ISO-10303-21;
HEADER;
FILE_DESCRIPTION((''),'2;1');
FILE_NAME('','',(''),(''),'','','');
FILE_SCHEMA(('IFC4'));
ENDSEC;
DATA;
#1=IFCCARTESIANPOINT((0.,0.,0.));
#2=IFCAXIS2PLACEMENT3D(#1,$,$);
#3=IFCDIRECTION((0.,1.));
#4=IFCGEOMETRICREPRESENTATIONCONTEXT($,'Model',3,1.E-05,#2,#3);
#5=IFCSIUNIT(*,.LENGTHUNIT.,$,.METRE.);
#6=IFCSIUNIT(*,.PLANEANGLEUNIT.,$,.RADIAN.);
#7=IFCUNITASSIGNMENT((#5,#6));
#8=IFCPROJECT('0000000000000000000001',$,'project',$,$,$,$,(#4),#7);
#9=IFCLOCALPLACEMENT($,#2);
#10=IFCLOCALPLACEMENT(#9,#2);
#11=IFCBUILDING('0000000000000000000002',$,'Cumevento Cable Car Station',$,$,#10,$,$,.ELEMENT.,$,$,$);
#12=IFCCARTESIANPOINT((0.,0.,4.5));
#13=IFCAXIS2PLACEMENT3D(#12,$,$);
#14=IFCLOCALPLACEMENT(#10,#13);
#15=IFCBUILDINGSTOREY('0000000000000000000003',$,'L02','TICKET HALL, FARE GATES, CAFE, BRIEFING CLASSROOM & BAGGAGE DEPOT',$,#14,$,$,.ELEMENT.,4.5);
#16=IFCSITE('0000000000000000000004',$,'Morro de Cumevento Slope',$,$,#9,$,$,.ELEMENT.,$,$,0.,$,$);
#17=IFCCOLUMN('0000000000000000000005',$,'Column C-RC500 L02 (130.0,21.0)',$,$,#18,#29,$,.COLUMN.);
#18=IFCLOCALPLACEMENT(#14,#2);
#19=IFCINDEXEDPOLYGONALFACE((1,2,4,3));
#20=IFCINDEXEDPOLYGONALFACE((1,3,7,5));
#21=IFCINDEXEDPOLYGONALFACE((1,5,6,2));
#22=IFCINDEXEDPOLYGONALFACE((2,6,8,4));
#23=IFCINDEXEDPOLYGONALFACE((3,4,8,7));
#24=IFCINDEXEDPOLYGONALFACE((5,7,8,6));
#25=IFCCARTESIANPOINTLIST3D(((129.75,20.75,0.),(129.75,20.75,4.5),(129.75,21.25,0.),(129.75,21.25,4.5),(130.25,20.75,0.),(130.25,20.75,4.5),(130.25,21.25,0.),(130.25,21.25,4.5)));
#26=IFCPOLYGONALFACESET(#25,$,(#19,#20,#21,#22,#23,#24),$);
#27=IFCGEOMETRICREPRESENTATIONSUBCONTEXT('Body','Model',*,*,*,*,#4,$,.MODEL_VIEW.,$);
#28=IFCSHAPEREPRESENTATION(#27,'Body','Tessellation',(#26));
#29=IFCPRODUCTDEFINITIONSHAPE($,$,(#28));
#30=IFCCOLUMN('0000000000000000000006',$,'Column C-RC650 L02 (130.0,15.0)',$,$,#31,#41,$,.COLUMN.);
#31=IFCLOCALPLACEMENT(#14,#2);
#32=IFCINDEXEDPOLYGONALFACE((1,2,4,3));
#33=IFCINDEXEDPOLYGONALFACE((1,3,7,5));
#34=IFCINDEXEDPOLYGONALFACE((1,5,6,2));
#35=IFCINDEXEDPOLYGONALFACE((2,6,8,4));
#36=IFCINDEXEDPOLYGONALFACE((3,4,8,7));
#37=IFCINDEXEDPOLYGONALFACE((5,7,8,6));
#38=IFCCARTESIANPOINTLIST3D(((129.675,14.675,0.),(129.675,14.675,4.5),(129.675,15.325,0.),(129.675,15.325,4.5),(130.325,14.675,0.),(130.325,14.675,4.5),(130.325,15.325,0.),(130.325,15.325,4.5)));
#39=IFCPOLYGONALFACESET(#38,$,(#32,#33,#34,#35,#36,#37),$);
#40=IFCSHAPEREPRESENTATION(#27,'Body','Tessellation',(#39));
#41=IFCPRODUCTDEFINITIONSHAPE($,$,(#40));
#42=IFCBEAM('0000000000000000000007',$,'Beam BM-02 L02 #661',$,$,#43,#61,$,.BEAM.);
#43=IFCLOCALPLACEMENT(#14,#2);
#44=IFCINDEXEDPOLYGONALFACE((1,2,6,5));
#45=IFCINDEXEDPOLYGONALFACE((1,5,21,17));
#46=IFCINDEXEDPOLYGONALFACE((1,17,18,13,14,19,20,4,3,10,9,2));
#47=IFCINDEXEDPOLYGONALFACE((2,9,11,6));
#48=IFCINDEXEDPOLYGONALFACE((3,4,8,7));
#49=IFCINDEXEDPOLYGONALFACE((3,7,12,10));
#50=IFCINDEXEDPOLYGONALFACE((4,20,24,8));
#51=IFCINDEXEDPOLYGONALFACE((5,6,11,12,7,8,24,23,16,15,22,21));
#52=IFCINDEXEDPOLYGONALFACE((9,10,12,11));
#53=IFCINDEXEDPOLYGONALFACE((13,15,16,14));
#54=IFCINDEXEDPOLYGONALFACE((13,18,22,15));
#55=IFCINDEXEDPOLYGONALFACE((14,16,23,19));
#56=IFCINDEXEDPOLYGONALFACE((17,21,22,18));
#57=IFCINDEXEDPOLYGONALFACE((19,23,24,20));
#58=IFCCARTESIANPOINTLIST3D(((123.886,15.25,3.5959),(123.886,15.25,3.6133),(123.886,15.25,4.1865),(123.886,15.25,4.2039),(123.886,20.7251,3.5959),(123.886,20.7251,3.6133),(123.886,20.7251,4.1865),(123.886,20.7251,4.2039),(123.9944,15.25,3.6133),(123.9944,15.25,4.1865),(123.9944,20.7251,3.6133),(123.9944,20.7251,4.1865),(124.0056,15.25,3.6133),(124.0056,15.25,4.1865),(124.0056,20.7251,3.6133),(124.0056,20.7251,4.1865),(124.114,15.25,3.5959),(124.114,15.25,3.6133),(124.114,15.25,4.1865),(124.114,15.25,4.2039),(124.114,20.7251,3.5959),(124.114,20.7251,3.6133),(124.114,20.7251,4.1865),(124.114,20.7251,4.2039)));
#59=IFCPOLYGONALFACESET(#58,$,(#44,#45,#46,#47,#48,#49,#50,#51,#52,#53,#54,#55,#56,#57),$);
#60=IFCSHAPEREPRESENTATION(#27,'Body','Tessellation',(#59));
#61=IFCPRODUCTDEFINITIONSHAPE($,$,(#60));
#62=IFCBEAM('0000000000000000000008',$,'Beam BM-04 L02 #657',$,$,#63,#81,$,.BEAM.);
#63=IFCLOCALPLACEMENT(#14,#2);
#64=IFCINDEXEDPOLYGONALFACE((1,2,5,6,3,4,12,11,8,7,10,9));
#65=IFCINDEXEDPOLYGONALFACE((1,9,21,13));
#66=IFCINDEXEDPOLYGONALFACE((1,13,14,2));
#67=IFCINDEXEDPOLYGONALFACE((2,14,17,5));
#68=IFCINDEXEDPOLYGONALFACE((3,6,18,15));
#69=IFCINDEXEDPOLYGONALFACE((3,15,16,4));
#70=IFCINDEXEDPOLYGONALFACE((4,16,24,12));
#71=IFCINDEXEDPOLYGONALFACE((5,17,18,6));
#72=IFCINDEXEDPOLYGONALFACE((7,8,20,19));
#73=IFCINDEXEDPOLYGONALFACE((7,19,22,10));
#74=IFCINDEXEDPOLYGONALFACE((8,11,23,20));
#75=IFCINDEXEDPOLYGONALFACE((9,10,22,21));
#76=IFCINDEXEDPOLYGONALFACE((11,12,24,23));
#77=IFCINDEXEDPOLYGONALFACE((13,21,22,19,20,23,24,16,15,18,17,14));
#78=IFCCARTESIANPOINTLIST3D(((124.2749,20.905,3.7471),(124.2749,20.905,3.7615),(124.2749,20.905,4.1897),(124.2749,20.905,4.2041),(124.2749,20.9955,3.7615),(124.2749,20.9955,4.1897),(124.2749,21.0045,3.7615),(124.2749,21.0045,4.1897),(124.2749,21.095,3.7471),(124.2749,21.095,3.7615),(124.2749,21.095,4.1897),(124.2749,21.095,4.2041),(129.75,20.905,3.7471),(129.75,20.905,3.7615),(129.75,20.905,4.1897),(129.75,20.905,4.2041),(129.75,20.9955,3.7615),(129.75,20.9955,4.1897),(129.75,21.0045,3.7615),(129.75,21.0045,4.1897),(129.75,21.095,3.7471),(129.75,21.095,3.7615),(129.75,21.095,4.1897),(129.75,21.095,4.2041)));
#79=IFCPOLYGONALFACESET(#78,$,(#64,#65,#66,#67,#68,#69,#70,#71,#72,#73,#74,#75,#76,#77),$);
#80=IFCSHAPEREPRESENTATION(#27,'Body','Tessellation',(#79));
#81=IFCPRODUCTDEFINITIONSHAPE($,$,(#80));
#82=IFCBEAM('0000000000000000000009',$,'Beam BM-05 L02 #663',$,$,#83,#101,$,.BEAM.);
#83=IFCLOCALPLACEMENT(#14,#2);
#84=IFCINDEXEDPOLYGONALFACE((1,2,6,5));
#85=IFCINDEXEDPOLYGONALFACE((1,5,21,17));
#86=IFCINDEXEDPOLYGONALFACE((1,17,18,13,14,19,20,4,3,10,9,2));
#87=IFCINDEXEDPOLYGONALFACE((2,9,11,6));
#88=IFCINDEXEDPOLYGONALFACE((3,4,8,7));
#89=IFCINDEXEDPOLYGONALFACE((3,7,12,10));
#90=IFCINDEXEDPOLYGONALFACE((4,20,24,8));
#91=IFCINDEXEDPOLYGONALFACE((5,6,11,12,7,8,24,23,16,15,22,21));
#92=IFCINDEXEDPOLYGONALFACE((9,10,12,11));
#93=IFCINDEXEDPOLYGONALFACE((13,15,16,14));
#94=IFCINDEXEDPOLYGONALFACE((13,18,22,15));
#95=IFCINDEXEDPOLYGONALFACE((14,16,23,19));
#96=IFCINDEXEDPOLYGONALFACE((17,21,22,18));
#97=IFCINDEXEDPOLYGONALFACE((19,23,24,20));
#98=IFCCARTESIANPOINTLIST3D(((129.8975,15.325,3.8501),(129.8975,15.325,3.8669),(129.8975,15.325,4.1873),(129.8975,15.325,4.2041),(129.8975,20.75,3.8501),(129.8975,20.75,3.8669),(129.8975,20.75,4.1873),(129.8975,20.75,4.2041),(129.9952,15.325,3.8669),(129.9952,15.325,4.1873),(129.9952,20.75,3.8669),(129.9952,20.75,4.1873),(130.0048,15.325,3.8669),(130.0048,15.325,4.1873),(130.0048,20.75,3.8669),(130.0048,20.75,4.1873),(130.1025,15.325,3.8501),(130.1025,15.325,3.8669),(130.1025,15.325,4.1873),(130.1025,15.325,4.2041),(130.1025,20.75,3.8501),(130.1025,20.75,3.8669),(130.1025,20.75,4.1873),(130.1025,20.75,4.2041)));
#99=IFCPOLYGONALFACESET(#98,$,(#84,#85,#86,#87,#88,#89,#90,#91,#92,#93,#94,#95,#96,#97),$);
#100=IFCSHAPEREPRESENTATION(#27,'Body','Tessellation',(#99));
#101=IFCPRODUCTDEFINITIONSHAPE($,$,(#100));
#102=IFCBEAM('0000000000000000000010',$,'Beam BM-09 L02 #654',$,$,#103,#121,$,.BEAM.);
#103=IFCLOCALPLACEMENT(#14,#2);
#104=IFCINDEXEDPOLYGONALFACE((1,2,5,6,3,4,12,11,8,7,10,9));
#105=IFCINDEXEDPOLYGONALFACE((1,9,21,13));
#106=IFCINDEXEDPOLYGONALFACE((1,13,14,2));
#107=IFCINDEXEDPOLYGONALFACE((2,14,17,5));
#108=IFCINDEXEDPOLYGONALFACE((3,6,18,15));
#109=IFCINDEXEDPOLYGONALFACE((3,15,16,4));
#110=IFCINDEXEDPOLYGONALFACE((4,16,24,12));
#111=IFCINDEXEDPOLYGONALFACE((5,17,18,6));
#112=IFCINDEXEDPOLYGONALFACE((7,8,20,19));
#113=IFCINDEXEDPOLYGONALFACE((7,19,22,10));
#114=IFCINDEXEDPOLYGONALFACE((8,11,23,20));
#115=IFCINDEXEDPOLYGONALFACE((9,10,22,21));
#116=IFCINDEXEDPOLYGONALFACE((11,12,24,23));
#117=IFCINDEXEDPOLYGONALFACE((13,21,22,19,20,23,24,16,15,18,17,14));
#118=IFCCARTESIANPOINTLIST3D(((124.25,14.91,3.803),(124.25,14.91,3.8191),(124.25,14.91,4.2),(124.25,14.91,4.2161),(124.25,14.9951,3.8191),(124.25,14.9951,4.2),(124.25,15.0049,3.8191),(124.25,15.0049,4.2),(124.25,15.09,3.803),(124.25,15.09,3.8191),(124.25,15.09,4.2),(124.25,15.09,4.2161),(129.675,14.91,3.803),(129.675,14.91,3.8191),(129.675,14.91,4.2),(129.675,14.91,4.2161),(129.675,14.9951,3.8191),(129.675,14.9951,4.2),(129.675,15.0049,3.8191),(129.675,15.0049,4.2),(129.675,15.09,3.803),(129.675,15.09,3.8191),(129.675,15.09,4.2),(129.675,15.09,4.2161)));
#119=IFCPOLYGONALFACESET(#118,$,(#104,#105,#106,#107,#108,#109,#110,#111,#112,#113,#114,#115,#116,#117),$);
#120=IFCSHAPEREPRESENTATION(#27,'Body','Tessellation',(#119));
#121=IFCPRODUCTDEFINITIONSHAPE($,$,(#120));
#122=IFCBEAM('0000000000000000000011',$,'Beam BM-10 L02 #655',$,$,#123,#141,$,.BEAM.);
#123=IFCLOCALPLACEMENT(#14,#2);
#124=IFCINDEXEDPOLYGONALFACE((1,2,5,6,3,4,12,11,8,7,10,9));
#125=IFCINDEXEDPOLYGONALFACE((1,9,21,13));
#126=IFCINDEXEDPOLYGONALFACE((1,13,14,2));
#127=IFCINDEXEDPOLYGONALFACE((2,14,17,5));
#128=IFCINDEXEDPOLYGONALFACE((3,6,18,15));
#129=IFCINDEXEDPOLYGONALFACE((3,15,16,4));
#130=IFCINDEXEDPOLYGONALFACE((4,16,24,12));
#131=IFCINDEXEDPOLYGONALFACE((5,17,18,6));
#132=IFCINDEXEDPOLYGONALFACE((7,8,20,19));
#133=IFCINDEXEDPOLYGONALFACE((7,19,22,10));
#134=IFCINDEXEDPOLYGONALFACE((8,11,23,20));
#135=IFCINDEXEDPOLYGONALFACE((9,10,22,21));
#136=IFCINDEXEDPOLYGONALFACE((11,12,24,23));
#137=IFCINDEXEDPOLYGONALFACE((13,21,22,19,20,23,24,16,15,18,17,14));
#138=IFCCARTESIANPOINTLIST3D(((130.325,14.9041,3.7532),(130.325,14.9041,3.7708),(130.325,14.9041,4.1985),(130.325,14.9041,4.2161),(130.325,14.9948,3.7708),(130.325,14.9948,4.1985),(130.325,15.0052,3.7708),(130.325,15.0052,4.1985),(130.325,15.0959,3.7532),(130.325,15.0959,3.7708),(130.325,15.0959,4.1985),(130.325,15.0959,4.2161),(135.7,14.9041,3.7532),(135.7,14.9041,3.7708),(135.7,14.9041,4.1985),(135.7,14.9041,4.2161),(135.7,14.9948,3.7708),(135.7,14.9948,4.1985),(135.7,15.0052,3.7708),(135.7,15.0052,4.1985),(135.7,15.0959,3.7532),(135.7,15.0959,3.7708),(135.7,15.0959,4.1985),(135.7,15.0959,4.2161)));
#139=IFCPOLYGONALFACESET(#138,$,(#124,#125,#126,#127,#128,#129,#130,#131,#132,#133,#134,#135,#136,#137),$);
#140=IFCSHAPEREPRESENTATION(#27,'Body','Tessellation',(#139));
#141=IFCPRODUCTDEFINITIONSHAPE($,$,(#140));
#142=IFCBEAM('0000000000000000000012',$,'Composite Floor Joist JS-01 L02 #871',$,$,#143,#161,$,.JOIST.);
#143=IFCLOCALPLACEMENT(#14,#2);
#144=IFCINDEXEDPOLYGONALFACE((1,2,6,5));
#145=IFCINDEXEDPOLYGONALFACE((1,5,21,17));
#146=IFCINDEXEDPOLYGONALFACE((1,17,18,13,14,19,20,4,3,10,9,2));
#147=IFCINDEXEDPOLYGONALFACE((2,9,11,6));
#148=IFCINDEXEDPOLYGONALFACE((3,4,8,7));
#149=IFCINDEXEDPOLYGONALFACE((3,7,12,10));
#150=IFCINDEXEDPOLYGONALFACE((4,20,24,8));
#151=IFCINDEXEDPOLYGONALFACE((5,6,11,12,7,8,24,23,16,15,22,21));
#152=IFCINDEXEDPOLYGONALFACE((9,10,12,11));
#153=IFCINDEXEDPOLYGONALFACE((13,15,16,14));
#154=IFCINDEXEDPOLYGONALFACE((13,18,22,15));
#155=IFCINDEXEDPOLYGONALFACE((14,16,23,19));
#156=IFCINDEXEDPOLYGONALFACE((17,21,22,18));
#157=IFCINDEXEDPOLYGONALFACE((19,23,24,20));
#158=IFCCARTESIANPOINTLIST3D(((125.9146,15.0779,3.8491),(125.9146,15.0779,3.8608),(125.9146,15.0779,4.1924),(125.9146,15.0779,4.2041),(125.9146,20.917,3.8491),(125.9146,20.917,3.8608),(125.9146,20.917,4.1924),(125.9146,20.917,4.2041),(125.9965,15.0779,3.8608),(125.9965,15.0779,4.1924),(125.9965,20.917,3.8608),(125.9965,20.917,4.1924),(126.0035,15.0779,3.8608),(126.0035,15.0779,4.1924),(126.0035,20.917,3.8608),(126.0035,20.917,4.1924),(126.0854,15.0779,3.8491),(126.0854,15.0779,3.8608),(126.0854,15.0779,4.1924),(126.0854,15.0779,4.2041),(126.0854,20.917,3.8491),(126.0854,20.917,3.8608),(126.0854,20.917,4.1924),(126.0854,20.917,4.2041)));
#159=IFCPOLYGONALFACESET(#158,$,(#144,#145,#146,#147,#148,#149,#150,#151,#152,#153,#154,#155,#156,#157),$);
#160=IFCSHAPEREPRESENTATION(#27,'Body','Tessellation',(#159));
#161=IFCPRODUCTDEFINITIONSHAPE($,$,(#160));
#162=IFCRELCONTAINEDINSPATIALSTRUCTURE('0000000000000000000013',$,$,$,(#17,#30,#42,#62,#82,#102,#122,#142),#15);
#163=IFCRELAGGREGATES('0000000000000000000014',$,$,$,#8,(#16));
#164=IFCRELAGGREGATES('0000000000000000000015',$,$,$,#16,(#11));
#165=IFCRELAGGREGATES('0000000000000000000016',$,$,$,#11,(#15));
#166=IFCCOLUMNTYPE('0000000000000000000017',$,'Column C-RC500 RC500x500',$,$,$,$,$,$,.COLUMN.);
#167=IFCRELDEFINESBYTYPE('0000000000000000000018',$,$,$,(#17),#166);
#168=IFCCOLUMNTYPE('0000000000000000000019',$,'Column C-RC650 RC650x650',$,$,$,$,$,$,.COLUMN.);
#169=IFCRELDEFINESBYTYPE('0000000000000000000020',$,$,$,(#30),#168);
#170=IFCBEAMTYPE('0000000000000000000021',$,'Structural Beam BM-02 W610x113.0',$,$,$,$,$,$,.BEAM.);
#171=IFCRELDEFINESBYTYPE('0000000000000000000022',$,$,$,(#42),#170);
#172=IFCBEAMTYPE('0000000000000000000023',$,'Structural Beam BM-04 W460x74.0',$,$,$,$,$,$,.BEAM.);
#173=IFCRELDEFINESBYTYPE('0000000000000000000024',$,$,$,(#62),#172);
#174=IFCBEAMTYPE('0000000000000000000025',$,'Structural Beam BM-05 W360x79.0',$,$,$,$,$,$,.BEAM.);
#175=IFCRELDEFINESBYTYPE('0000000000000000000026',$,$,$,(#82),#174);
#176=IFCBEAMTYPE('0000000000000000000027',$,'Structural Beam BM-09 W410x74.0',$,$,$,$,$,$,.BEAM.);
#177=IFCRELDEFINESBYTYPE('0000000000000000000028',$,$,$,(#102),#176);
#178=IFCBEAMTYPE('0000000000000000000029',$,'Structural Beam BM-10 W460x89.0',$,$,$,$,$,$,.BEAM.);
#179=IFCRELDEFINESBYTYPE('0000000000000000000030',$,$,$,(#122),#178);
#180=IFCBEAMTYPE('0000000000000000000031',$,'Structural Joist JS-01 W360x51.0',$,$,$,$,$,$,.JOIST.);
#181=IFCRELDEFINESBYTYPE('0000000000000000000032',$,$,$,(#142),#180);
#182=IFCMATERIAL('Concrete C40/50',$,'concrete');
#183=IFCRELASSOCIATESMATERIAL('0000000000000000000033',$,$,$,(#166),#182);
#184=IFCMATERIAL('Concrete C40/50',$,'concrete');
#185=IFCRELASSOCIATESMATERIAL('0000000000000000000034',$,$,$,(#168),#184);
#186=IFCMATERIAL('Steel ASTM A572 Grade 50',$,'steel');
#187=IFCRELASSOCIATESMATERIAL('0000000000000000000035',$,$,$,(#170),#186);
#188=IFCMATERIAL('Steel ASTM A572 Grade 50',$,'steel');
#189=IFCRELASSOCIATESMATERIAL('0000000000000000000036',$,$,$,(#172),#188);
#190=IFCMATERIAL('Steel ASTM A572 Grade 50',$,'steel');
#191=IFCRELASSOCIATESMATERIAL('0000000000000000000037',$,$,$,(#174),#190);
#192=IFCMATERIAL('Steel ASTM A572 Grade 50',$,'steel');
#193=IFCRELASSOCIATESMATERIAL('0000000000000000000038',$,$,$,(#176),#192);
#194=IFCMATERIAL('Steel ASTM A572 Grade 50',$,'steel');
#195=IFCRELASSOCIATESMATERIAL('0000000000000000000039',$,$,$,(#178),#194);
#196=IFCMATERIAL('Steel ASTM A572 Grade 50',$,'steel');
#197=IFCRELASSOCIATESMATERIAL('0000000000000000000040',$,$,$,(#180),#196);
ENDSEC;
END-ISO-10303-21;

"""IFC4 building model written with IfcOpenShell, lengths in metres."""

from ifc_helpers import new_model, si_unit, direction, frame, origin, origin_2d, place, context, subcontext, project, spatial, rectangle, i_section, extrude, material, material_profile, profile_set, type_object, element, save


model = new_model("IFC4")

# Units and contexts
model_context = context("Model", 3, precision=1e-05, world=origin(), true_north=direction((0.0, 1.0)))
body_context = subcontext(model_context, "Body", "Model", "MODEL_VIEW")
ifc_project = project(units=[si_unit("LENGTHUNIT", "METRE"), si_unit("PLANEANGLEUNIT", "RADIAN")], contexts=[model_context])

# Site, building, storey
site_placement = place(None, origin())
site = spatial("IfcSite", under=ifc_project, at=site_placement, Name="Morro de Cumevento Slope", CompositionType="ELEMENT", RefElevation=0.0)
building_placement = place(site_placement, origin())
building = spatial("IfcBuilding", under=site, at=building_placement, Name="Cumevento Cable Car Station", CompositionType="ELEMENT")
storey_placement = place(building_placement, frame((0.0, 0.0, 4.5)))
storey = spatial("IfcBuildingStorey", under=building, at=storey_placement, Name="L02", Description="TICKET HALL, FARE GATES, CAFE, BRIEFING CLASSROOM & BAGGAGE DEPOT", CompositionType="ELEMENT", Elevation=4.5)

# Columns
ifc_material_1 = material(Name="Concrete C40/50", Category="concrete")
ifc_material_profile_1 = material_profile(ifc_material_1, rectangle(XDim=0.5, YDim=0.5, at=origin_2d()), Name="RC500x500")
ifc_profile_set_1 = profile_set([ifc_material_profile_1], Name="Concrete C40/50")
column_type_1 = type_object("IfcColumnType", Name="Column C-RC500 RC500x500", PredefinedType="COLUMN", material=ifc_profile_set_1)
column_1_placement = place(storey_placement, frame((130.0, 21.0, 0.0), z_axis=(0.0, 0.0, 1.0), x_axis=(1.0, 0.0, 0.0)))
element("IfcColumn", 1, at=column_1_placement, inside=storey, type_object=column_type_1, Name="Column C-RC500 L02 (130.0,21.0)", PredefinedType="COLUMN", context=body_context, shape_type="SweptSolid", body=[
    extrude(rectangle(XDim=0.5, YDim=0.5, at=origin_2d()), origin(), (0.0, 0.0, 1.0), 4.5),
])
ifc_material_2 = material(Name="Concrete C40/50", Category="concrete")
ifc_material_profile_2 = material_profile(ifc_material_2, rectangle(XDim=0.6499, YDim=0.6499, at=origin_2d()), Name="RC650x650")
ifc_profile_set_2 = profile_set([ifc_material_profile_2], Name="Concrete C40/50")
column_type_2 = type_object("IfcColumnType", Name="Column C-RC650 RC650x650", PredefinedType="COLUMN", material=ifc_profile_set_2)
column_2_placement = place(storey_placement, frame((130.0, 15.0, 0.0), z_axis=(0.0, 0.0, 1.0), x_axis=(1.0, 0.0, 0.0)))
element("IfcColumn", 2, at=column_2_placement, inside=storey, type_object=column_type_2, Name="Column C-RC650 L02 (130.0,15.0)", PredefinedType="COLUMN", context=body_context, shape_type="SweptSolid", body=[
    extrude(rectangle(XDim=0.6499, YDim=0.6499, at=origin_2d()), origin(), (0.0, 0.0, 1.0), 4.5),
])

# Beams
ifc_material_3 = material(Name="Steel ASTM A572 Grade 50", Category="steel")
ifc_material_profile_3 = material_profile(ifc_material_3, i_section(OverallWidth=0.228, OverallDepth=0.6079, WebThickness=0.0112, FlangeThickness=0.0173, at=origin_2d()), Name="W610x113.0")
ifc_profile_set_3 = profile_set([ifc_material_profile_3], Name="Steel ASTM A572 Grade 50")
beam_type_1 = type_object("IfcBeamType", Name="Structural Beam BM-02 W610x113.0", PredefinedType="BEAM", material=ifc_profile_set_3)
beam_1_placement = place(storey_placement, frame((124.0, 15.25, 3.8999), z_axis=(0.0, 1.0, 0.0), x_axis=(-1.0, 0.0, 0.0)))
element("IfcBeam", 3, at=beam_1_placement, inside=storey, type_object=beam_type_1, Name="Beam BM-02 L02 #661", PredefinedType="BEAM", context=body_context, shape_type="SweptSolid", body=[
    extrude(i_section(OverallWidth=0.228, OverallDepth=0.6079, WebThickness=0.0112, FlangeThickness=0.0173, at=origin_2d()), origin(), (0.0, 0.0, 1.0), 5.4751),
])
ifc_material_4 = material(Name="Steel ASTM A572 Grade 50", Category="steel")
ifc_material_profile_4 = material_profile(ifc_material_4, i_section(OverallWidth=0.1899, OverallDepth=0.457, WebThickness=0.009, FlangeThickness=0.0144, at=origin_2d()), Name="W460x74.0")
ifc_profile_set_4 = profile_set([ifc_material_profile_4], Name="Steel ASTM A572 Grade 50")
beam_type_2 = type_object("IfcBeamType", Name="Structural Beam BM-04 W460x74.0", PredefinedType="BEAM", material=ifc_profile_set_4)
beam_2_placement = place(storey_placement, frame((124.2749, 21.0, 3.9756), z_axis=(1.0, 0.0, 0.0), x_axis=(0.0, 1.0, 0.0)))
element("IfcBeam", 4, at=beam_2_placement, inside=storey, type_object=beam_type_2, Name="Beam BM-04 L02 #657", PredefinedType="BEAM", context=body_context, shape_type="SweptSolid", body=[
    extrude(i_section(OverallWidth=0.1899, OverallDepth=0.457, WebThickness=0.009, FlangeThickness=0.0144, at=origin_2d()), origin(), (0.0, 0.0, 1.0), 5.4751),
])
ifc_material_5 = material(Name="Steel ASTM A572 Grade 50", Category="steel")
ifc_material_profile_5 = material_profile(ifc_material_5, i_section(OverallWidth=0.2051, OverallDepth=0.354, WebThickness=0.0095, FlangeThickness=0.0168, at=origin_2d()), Name="W360x79.0")
ifc_profile_set_5 = profile_set([ifc_material_profile_5], Name="Steel ASTM A572 Grade 50")
beam_type_3 = type_object("IfcBeamType", Name="Structural Beam BM-05 W360x79.0", PredefinedType="BEAM", material=ifc_profile_set_5)
beam_3_placement = place(storey_placement, frame((130.0, 15.325, 4.0271), z_axis=(0.0, 1.0, 0.0), x_axis=(-1.0, 0.0, 0.0)))
element("IfcBeam", 5, at=beam_3_placement, inside=storey, type_object=beam_type_3, Name="Beam BM-05 L02 #663", PredefinedType="BEAM", context=body_context, shape_type="SweptSolid", body=[
    extrude(i_section(OverallWidth=0.2051, OverallDepth=0.354, WebThickness=0.0095, FlangeThickness=0.0168, at=origin_2d()), origin(), (0.0, 0.0, 1.0), 5.425),
])
ifc_material_6 = material(Name="Steel ASTM A572 Grade 50", Category="steel")
ifc_material_profile_6 = material_profile(ifc_material_6, i_section(OverallWidth=0.1799, OverallDepth=0.4131, WebThickness=0.0098, FlangeThickness=0.0161, at=origin_2d()), Name="W410x74.0")
ifc_profile_set_6 = profile_set([ifc_material_profile_6], Name="Steel ASTM A572 Grade 50")
beam_type_4 = type_object("IfcBeamType", Name="Structural Beam BM-09 W410x74.0", PredefinedType="BEAM", material=ifc_profile_set_6)
beam_4_placement = place(storey_placement, frame((124.25, 15.0, 4.0095), z_axis=(1.0, 0.0, 0.0), x_axis=(0.0, 1.0, 0.0)))
element("IfcBeam", 6, at=beam_4_placement, inside=storey, type_object=beam_type_4, Name="Beam BM-09 L02 #654", PredefinedType="BEAM", context=body_context, shape_type="SweptSolid", body=[
    extrude(i_section(OverallWidth=0.1799, OverallDepth=0.4131, WebThickness=0.0098, FlangeThickness=0.0161, at=origin_2d()), origin(), (0.0, 0.0, 1.0), 5.425),
])
ifc_material_7 = material(Name="Steel ASTM A572 Grade 50", Category="steel")
ifc_material_profile_7 = material_profile(ifc_material_7, i_section(OverallWidth=0.1919, OverallDepth=0.4629, WebThickness=0.0105, FlangeThickness=0.0176, at=origin_2d()), Name="W460x89.0")
ifc_profile_set_7 = profile_set([ifc_material_profile_7], Name="Steel ASTM A572 Grade 50")
beam_type_5 = type_object("IfcBeamType", Name="Structural Beam BM-10 W460x89.0", PredefinedType="BEAM", material=ifc_profile_set_7)
beam_5_placement = place(storey_placement, frame((130.325, 15.0, 3.9846), z_axis=(1.0, 0.0, 0.0), x_axis=(0.0, 1.0, 0.0)))
element("IfcBeam", 7, at=beam_5_placement, inside=storey, type_object=beam_type_5, Name="Beam BM-10 L02 #655", PredefinedType="BEAM", context=body_context, shape_type="SweptSolid", body=[
    extrude(i_section(OverallWidth=0.1919, OverallDepth=0.4629, WebThickness=0.0105, FlangeThickness=0.0176, at=origin_2d()), origin(), (0.0, 0.0, 1.0), 5.375),
])
ifc_material_8 = material(Name="Steel ASTM A572 Grade 50", Category="steel")
ifc_material_profile_8 = material_profile(ifc_material_8, i_section(OverallWidth=0.1709, OverallDepth=0.355, WebThickness=0.0071, FlangeThickness=0.0117, at=origin_2d()), Name="W360x51.0")
ifc_profile_set_8 = profile_set([ifc_material_profile_8], Name="Steel ASTM A572 Grade 50")
beam_type_6 = type_object("IfcBeamType", Name="Structural Joist JS-01 W360x51.0", PredefinedType="JOIST", material=ifc_profile_set_8)
for number, where, z_axis, x_axis, name in (
    (8, (126.0, 15.0779, 4.0266), (0.0, 1.0, 0.0), (-1.0, 0.0, 0.0), "Composite Floor Joist JS-01 L02 #871"),
):
    element("IfcBeam", number, at=place(storey_placement, frame(where, z_axis=z_axis, x_axis=x_axis)), inside=storey, type_object=beam_type_6, Name=name, PredefinedType="JOIST", context=body_context, shape_type="SweptSolid", body=[
        extrude(i_section(OverallWidth=0.1709, OverallDepth=0.355, WebThickness=0.0071, FlangeThickness=0.0117, at=origin_2d()), origin(), (0.0, 0.0, 1.0), 5.8391),
    ])

save(model, "model.ifc")
